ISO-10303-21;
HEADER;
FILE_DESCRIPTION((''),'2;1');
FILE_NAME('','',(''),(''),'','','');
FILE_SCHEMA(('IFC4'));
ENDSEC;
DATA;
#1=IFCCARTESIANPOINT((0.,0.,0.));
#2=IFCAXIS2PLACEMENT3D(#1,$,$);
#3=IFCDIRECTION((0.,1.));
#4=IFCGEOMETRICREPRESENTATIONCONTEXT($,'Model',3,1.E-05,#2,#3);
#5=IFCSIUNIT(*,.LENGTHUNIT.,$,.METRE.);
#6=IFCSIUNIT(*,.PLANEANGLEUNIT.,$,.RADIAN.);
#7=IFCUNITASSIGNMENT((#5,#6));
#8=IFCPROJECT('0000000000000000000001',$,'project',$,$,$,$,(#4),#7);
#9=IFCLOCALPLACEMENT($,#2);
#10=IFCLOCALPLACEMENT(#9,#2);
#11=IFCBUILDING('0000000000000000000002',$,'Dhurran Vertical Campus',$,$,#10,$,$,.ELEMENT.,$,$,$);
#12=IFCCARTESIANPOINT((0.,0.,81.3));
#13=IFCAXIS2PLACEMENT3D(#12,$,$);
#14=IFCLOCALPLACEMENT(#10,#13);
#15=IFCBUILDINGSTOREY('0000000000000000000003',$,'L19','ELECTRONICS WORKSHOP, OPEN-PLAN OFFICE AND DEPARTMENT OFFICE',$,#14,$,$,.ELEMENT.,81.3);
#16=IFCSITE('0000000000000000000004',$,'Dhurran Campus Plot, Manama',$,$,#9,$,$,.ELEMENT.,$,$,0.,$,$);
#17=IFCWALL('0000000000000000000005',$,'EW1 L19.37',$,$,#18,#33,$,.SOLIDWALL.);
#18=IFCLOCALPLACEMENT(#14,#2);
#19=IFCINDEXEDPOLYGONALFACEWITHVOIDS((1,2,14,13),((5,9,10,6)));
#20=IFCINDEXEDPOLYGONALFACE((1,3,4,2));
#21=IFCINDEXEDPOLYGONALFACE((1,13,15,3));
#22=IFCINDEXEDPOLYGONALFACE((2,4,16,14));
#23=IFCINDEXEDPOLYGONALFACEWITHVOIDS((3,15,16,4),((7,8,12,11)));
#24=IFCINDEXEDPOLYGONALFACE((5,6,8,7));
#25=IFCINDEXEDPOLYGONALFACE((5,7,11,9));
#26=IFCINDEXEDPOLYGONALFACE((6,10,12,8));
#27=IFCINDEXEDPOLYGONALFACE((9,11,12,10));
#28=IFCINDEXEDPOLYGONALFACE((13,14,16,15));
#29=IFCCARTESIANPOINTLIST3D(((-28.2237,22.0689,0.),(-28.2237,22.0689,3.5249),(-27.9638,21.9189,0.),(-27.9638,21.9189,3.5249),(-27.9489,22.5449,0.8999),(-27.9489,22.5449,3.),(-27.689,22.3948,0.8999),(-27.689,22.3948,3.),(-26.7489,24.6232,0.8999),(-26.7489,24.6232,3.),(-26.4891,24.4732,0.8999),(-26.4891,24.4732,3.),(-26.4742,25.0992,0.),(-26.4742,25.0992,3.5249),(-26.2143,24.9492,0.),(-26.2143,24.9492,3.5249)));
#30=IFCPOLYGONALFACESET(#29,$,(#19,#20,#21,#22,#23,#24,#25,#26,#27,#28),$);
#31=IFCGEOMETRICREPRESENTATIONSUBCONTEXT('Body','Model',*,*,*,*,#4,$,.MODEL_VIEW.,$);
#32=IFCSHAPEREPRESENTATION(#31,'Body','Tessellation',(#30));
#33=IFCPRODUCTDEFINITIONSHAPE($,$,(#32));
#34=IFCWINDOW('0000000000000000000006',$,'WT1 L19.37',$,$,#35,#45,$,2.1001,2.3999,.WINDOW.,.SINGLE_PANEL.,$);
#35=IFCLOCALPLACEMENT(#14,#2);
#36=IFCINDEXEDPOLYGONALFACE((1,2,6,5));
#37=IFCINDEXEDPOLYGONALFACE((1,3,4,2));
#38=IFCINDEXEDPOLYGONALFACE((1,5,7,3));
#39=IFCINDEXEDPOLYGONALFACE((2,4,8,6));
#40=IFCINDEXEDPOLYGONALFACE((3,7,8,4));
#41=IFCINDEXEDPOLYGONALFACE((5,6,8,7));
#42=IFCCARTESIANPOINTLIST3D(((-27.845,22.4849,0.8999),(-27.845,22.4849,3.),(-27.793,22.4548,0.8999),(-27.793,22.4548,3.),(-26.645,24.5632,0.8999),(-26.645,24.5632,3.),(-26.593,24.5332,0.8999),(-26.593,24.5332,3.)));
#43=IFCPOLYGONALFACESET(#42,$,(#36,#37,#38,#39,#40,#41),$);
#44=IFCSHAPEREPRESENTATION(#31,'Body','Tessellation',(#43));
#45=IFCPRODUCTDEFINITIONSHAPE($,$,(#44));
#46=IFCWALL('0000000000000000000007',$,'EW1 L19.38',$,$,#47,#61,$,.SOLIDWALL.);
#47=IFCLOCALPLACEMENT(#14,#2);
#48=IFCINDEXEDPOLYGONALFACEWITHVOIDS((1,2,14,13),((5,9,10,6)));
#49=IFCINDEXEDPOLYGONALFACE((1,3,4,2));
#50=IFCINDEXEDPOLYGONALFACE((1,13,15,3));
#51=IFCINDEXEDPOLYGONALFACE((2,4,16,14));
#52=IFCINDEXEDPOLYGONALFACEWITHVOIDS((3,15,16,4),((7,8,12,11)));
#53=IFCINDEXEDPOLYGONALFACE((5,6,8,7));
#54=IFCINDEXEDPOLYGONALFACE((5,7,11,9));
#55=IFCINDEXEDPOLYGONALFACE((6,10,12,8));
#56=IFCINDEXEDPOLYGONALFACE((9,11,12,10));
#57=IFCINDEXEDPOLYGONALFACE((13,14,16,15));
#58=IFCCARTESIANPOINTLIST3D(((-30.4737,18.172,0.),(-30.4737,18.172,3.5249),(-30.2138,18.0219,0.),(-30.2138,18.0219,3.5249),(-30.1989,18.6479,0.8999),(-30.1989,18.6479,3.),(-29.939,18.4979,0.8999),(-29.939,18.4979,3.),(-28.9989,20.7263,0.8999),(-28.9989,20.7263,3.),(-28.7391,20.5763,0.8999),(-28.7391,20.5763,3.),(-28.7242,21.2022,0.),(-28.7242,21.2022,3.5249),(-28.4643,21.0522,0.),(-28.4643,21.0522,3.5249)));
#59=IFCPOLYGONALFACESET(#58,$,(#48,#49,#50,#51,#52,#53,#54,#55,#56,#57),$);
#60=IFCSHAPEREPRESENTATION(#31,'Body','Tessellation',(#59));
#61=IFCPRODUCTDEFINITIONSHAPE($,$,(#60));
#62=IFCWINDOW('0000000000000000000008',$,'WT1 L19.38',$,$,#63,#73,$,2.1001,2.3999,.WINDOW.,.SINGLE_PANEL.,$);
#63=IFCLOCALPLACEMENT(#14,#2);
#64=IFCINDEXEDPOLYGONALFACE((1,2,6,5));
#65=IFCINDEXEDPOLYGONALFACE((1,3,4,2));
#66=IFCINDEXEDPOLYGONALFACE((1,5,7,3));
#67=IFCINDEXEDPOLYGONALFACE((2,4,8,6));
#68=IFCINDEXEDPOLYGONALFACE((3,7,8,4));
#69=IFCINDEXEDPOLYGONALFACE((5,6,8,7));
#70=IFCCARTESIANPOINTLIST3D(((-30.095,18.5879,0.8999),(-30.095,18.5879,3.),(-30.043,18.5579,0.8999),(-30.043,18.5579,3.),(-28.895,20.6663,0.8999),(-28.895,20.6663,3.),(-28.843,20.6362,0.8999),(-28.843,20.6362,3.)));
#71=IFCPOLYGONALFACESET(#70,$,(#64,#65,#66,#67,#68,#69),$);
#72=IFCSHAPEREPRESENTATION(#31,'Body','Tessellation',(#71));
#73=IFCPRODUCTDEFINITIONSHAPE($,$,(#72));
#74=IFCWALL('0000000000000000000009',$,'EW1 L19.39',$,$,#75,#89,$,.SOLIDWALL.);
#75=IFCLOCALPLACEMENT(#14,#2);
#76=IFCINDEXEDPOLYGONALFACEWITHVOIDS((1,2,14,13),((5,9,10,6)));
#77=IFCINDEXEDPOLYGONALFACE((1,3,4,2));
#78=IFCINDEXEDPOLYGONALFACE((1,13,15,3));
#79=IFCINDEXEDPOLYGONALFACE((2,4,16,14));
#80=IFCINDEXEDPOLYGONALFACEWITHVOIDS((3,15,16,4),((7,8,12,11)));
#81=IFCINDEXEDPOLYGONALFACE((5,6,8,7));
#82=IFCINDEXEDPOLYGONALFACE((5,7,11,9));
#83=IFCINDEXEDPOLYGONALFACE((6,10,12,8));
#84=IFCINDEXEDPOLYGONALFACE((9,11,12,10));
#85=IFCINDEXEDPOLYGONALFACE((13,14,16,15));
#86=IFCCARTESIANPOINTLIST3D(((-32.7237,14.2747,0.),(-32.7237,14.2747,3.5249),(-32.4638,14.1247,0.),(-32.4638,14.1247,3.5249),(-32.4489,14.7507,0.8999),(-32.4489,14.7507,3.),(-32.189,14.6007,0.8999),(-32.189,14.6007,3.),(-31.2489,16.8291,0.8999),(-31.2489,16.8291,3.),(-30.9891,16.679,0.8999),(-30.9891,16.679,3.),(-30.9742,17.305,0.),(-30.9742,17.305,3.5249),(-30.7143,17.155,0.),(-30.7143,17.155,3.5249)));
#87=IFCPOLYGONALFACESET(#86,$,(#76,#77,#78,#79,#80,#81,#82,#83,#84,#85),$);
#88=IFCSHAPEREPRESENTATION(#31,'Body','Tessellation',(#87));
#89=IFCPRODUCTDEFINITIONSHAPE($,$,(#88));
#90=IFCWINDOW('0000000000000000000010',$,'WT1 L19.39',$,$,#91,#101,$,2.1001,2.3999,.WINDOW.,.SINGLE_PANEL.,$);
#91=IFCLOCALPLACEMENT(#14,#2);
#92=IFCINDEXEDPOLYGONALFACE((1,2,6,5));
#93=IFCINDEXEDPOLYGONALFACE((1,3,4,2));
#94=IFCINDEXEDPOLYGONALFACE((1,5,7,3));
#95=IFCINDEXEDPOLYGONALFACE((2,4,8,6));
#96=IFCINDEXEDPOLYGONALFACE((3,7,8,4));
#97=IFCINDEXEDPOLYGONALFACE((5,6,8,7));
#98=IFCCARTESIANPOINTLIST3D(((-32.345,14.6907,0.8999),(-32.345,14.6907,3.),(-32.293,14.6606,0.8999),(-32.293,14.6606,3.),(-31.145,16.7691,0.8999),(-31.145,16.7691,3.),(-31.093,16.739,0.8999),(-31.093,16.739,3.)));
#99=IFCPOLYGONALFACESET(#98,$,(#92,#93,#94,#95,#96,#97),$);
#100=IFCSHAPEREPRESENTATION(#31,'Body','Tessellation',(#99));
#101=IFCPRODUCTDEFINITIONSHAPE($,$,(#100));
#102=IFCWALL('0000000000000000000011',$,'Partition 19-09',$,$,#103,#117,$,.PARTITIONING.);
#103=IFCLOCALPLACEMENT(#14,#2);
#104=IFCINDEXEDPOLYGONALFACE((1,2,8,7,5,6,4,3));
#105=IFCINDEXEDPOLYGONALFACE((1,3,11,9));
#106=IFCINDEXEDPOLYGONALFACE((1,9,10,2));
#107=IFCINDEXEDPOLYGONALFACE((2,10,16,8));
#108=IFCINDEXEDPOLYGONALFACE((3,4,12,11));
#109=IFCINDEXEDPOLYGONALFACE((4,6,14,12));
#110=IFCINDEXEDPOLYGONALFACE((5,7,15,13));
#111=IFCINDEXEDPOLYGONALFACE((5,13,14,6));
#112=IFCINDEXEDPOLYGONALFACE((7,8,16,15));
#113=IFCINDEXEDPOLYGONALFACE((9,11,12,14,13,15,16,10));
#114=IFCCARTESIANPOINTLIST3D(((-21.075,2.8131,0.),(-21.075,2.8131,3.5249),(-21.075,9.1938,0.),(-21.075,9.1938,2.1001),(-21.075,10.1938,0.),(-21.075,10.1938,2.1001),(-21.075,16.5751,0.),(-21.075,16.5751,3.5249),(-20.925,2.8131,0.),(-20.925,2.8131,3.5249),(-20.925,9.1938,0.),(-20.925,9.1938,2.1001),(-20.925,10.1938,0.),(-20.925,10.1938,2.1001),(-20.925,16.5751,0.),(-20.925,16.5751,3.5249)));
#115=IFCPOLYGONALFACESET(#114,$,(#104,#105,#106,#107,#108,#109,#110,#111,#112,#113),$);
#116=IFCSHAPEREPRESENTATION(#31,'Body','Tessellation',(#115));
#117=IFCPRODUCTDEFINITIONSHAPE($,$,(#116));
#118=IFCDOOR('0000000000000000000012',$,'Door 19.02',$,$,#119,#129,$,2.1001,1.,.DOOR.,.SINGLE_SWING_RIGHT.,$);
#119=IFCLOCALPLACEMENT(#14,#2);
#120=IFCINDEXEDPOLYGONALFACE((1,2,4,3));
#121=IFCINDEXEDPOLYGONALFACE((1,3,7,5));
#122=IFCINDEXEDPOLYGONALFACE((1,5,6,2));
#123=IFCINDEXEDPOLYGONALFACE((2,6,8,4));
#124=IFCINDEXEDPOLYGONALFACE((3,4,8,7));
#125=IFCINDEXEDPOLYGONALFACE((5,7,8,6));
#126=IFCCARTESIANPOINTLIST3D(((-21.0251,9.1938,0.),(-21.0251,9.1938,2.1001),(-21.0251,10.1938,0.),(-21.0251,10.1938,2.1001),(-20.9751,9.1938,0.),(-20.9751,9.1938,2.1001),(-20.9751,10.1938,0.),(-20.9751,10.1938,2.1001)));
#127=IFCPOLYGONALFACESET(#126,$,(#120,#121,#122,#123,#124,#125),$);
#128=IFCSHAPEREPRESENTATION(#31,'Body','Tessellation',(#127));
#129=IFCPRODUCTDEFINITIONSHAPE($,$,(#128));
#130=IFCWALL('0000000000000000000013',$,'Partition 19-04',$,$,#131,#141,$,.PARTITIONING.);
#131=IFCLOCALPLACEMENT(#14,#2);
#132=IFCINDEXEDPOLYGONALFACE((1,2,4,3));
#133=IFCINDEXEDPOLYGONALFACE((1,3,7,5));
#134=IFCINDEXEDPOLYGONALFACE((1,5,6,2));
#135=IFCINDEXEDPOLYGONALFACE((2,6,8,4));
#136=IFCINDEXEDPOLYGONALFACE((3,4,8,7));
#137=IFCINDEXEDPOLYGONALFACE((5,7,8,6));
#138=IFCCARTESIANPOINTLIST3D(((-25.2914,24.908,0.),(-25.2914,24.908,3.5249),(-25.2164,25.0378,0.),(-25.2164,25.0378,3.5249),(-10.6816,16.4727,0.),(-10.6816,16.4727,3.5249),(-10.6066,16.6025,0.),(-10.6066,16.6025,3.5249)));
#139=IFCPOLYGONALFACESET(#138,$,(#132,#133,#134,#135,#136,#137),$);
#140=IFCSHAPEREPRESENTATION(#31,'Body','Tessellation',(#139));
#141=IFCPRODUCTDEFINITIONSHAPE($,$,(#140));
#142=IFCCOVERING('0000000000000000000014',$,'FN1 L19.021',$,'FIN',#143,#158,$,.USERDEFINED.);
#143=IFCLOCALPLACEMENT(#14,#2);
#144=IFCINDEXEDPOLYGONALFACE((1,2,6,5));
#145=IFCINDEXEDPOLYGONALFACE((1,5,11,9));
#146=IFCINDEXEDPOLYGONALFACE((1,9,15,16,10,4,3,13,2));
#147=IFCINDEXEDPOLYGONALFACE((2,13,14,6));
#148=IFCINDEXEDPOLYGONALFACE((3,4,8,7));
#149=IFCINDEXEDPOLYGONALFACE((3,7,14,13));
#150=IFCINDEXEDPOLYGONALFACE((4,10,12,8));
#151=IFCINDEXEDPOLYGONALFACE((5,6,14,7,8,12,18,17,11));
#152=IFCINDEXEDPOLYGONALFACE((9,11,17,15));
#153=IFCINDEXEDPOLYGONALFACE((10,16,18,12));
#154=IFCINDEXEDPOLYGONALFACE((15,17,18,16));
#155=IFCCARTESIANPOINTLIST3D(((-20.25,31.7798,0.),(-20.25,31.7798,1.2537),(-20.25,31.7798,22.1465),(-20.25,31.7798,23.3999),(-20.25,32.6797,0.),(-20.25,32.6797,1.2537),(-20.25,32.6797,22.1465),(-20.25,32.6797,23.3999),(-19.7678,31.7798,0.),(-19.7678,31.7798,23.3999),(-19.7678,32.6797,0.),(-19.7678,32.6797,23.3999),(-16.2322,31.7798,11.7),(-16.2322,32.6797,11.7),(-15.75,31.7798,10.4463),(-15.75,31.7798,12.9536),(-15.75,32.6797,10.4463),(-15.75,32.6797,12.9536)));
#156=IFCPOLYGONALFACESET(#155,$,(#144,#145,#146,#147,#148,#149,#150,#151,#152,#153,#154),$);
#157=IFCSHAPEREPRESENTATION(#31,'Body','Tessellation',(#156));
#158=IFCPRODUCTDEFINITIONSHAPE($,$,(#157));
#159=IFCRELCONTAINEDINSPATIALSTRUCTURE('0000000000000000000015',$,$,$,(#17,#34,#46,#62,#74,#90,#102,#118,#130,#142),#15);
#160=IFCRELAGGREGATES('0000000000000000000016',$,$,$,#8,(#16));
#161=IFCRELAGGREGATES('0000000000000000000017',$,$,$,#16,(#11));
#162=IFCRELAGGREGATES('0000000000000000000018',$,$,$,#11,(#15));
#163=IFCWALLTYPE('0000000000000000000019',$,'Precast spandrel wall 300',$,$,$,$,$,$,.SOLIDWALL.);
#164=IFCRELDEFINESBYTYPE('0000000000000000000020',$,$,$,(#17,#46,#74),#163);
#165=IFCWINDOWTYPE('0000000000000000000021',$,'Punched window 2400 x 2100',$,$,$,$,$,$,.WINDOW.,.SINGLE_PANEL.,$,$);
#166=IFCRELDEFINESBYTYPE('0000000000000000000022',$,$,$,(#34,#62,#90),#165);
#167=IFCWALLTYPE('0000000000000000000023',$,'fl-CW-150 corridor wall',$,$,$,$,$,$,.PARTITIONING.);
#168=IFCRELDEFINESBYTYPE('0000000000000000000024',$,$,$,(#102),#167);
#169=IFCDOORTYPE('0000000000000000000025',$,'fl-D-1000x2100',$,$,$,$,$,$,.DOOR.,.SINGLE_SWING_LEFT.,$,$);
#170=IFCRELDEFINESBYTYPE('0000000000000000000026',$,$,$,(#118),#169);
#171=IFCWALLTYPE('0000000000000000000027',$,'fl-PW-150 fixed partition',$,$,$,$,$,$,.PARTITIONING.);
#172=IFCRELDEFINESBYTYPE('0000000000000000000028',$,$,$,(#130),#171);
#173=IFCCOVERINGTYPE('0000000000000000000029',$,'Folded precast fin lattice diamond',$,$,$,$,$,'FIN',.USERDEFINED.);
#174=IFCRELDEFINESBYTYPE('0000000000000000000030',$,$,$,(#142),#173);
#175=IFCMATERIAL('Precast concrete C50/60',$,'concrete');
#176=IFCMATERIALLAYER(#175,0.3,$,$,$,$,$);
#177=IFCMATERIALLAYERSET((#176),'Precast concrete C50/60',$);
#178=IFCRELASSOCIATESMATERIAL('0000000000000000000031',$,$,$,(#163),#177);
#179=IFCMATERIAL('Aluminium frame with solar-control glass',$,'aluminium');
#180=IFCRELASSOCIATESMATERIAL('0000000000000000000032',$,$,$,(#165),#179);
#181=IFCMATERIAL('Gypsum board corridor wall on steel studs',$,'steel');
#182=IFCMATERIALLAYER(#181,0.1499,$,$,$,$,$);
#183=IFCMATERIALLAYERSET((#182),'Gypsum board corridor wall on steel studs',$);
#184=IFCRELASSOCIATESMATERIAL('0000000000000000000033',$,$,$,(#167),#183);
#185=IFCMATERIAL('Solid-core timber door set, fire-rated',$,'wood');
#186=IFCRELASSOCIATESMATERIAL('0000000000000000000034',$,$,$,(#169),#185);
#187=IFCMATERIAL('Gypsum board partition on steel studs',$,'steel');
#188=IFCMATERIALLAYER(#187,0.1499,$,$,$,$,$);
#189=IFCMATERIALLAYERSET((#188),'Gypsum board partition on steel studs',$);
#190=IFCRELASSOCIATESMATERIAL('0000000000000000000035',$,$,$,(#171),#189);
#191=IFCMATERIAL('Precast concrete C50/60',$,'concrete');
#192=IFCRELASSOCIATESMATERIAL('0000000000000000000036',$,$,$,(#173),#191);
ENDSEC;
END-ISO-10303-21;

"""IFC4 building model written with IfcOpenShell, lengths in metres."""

from ifc_helpers import new_model, si_unit, direction, frame, frame_2d, origin, place, context, subcontext, project, spatial, polyline, rectangle, outline, extrude, material, layer, layer_set, type_object, element, fill, save


model = new_model("IFC4")

# Units and contexts
model_context = context("Model", 3, precision=1e-05, world=origin(), true_north=direction((0.0, 1.0)))
body_context = subcontext(model_context, "Body", "Model", "MODEL_VIEW")
ifc_project = project(units=[si_unit("LENGTHUNIT", "METRE"), si_unit("PLANEANGLEUNIT", "RADIAN")], contexts=[model_context])

# Site, building, storey
site_placement = place(None, origin())
site = spatial("IfcSite", under=ifc_project, at=site_placement, Name="Dhurran Campus Plot, Manama", CompositionType="ELEMENT", RefElevation=0.0)
building_placement = place(site_placement, origin())
building = spatial("IfcBuilding", under=site, at=building_placement, Name="Dhurran Vertical Campus", CompositionType="ELEMENT")
storey_placement = place(building_placement, frame((0.0, 0.0, 81.3)))
storey = spatial("IfcBuildingStorey", under=building, at=storey_placement, Name="L19", Description="ELECTRONICS WORKSHOP, OPEN-PLAN OFFICE AND DEPARTMENT OFFICE", CompositionType="ELEMENT", Elevation=81.3)

# Walls, openings, windows
ifc_material_1 = material(Name="Precast concrete C50/60", Category="concrete")
ifc_layer_1 = layer(ifc_material_1, 0.3)
ifc_layer_set_1 = layer_set([ifc_layer_1], Name="Precast concrete C50/60")
wall_type_1 = type_object("IfcWallType", Name="Precast spandrel wall 300", PredefinedType="SOLIDWALL", material=ifc_layer_set_1)
ifc_material_2 = material(Name="Aluminium frame with solar-control glass", Category="aluminium")
window_type = type_object("IfcWindowType", Name="Punched window 2400 x 2100", PartitioningType="SINGLE_PANEL", PredefinedType="WINDOW", material=ifc_material_2)
wall_1_placement = place(storey_placement, frame((-26.3442, 25.0242, 0.0), z_axis=(0.0, 0.0, 1.0), x_axis=(-0.499996, -0.866028, 0.0)))
wall_1 = element("IfcWall", 1, at=wall_1_placement, inside=storey, type_object=wall_type_1, Name="EW1 L19.37", PredefinedType="SOLIDWALL", context=body_context, shape_type="SweptSolid", body=[
    extrude(rectangle(XDim=3.499, YDim=0.3, at=frame_2d((1.7495, 0.0))), origin(), (0.0, 0.0, 1.0), 3.5249),
])
opening_1_placement = place(wall_1_placement, frame((0.5496, 0.0, 0.8999)))
opening_1 = element("IfcOpeningElement", 2, at=opening_1_placement, cuts=wall_1, PredefinedType="OPENING", context=body_context, shape_type="SweptSolid", body=[
    extrude(rectangle(XDim=2.3999, YDim=2.1001, at=frame_2d((1.2, 1.05))), frame((0.0, 0.1599, 0.0), z_axis=(0.0, -1.0, 0.0), x_axis=(1.0, 0.0, 0.0)), (0.0, 0.0, 1.0), 0.3201),
])
window_1_placement = place(opening_1_placement, origin())
window_1 = element("IfcWindow", 3, at=window_1_placement, inside=storey, type_object=window_type, Name="WT1 L19.37", OverallHeight=2.1001, OverallWidth=2.3999, PartitioningType="SINGLE_PANEL", PredefinedType="WINDOW", context=body_context, shape_type="SweptSolid", body=[
    extrude(rectangle(XDim=2.3999, YDim=2.1001, at=frame_2d((1.2, 1.05))), frame((0.0, 0.03, 0.0), z_axis=(0.0, -1.0, 0.0), x_axis=(1.0, 0.0, 0.0)), (0.0, 0.0, 1.0), 0.0601),
])
fill(opening_1, window_1)
wall_2_placement = place(storey_placement, frame((-28.5942, 21.1272, 0.0), z_axis=(0.0, 0.0, 1.0), x_axis=(-0.499996, -0.866028, 0.0)))
wall_2 = element("IfcWall", 4, at=wall_2_placement, inside=storey, type_object=wall_type_1, Name="EW1 L19.38", PredefinedType="SOLIDWALL", context=body_context, shape_type="SweptSolid", body=[
    extrude(rectangle(XDim=3.499, YDim=0.3, at=frame_2d((1.7495, 0.0))), origin(), (0.0, 0.0, 1.0), 3.5249),
])
opening_2_placement = place(wall_2_placement, frame((0.5496, 0.0, 0.8999)))
opening_2 = element("IfcOpeningElement", 5, at=opening_2_placement, cuts=wall_2, PredefinedType="OPENING", context=body_context, shape_type="SweptSolid", body=[
    extrude(rectangle(XDim=2.3999, YDim=2.1001, at=frame_2d((1.2, 1.05))), frame((0.0, 0.1599, 0.0), z_axis=(0.0, -1.0, 0.0), x_axis=(1.0, 0.0, 0.0)), (0.0, 0.0, 1.0), 0.3201),
])
window_2_placement = place(opening_2_placement, origin())
window_2 = element("IfcWindow", 6, at=window_2_placement, inside=storey, type_object=window_type, Name="WT1 L19.38", OverallHeight=2.1001, OverallWidth=2.3999, PartitioningType="SINGLE_PANEL", PredefinedType="WINDOW", context=body_context, shape_type="SweptSolid", body=[
    extrude(rectangle(XDim=2.3999, YDim=2.1001, at=frame_2d((1.2, 1.05))), frame((0.0, 0.03, 0.0), z_axis=(0.0, -1.0, 0.0), x_axis=(1.0, 0.0, 0.0)), (0.0, 0.0, 1.0), 0.0601),
])
fill(opening_2, window_2)
wall_3_placement = place(storey_placement, frame((-30.8442, 17.23, 0.0), z_axis=(0.0, 0.0, 1.0), x_axis=(-0.499996, -0.866028, 0.0)))
wall_3 = element("IfcWall", 7, at=wall_3_placement, inside=storey, type_object=wall_type_1, Name="EW1 L19.39", PredefinedType="SOLIDWALL", context=body_context, shape_type="SweptSolid", body=[
    extrude(rectangle(XDim=3.499, YDim=0.3, at=frame_2d((1.7495, 0.0))), origin(), (0.0, 0.0, 1.0), 3.5249),
])
opening_3_placement = place(wall_3_placement, frame((0.5496, 0.0, 0.8999)))
opening_3 = element("IfcOpeningElement", 8, at=opening_3_placement, cuts=wall_3, PredefinedType="OPENING", context=body_context, shape_type="SweptSolid", body=[
    extrude(rectangle(XDim=2.3999, YDim=2.1001, at=frame_2d((1.2, 1.05))), frame((0.0, 0.1599, 0.0), z_axis=(0.0, -1.0, 0.0), x_axis=(1.0, 0.0, 0.0)), (0.0, 0.0, 1.0), 0.3201),
])
window_3_placement = place(opening_3_placement, origin())
window_3 = element("IfcWindow", 9, at=window_3_placement, inside=storey, type_object=window_type, Name="WT1 L19.39", OverallHeight=2.1001, OverallWidth=2.3999, PartitioningType="SINGLE_PANEL", PredefinedType="WINDOW", context=body_context, shape_type="SweptSolid", body=[
    extrude(rectangle(XDim=2.3999, YDim=2.1001, at=frame_2d((1.2, 1.05))), frame((0.0, 0.03, 0.0), z_axis=(0.0, -1.0, 0.0), x_axis=(1.0, 0.0, 0.0)), (0.0, 0.0, 1.0), 0.0601),
])
fill(opening_3, window_3)

# Wall, opening, door
ifc_material_3 = material(Name="Gypsum board corridor wall on steel studs", Category="steel")
ifc_layer_2 = layer(ifc_material_3, 0.1499)
ifc_layer_set_2 = layer_set([ifc_layer_2], Name="Gypsum board corridor wall on steel studs")
wall_type_2 = type_object("IfcWallType", Name="fl-CW-150 corridor wall", PredefinedType="PARTITIONING", material=ifc_layer_set_2)
wall_4_placement = place(storey_placement, frame((-21.0, 16.575, 0.0), z_axis=(0.0, 0.0, 1.0), x_axis=(0.0, -1.0, 0.0)))
wall_4 = element("IfcWall", 10, at=wall_4_placement, inside=storey, type_object=wall_type_2, Name="Partition 19-09", PredefinedType="PARTITIONING", context=body_context, shape_type="SweptSolid", body=[
    extrude(rectangle(XDim=13.762, YDim=0.1499, at=frame_2d((6.8809, 0.0))), origin(), (0.0, 0.0, 1.0), 3.5249),
])
opening_4_placement = place(wall_4_placement, frame((6.3811, 0.0, 0.0)))
opening_4 = element("IfcOpeningElement", 11, at=opening_4_placement, cuts=wall_4, PredefinedType="OPENING", context=body_context, shape_type="SweptSolid", body=[
    extrude(rectangle(XDim=1.0, YDim=2.1001, at=frame_2d((0.5, 1.05))), frame((0.0, 0.085, 0.0), z_axis=(0.0, -1.0, 0.0), x_axis=(1.0, 0.0, 0.0)), (0.0, 0.0, 1.0), 0.1699),
])
ifc_material_4 = material(Name="Solid-core timber door set, fire-rated", Category="wood")
door_type = type_object("IfcDoorType", Name="fl-D-1000x2100", OperationType="SINGLE_SWING_LEFT", PredefinedType="DOOR", material=ifc_material_4)
door_placement = place(opening_4_placement, origin())
door = element("IfcDoor", 12, at=door_placement, inside=storey, type_object=door_type, Name="Door 19.02", OperationType="SINGLE_SWING_RIGHT", OverallHeight=2.1001, OverallWidth=1.0, PredefinedType="DOOR", context=body_context, shape_type="SweptSolid", body=[
    extrude(rectangle(XDim=1.0, YDim=2.1001, at=frame_2d((0.5, 1.05))), frame((0.0, 0.0249, 0.0), z_axis=(0.0, -1.0, 0.0), x_axis=(1.0, 0.0, 0.0)), (0.0, 0.0, 1.0), 0.05),
])
fill(opening_4, door)

# Wall
ifc_material_5 = material(Name="Gypsum board partition on steel studs", Category="steel")
ifc_layer_3 = layer(ifc_material_5, 0.1499)
ifc_layer_set_3 = layer_set([ifc_layer_3], Name="Gypsum board partition on steel studs")
wall_type_3 = type_object("IfcWallType", Name="fl-PW-150 fixed partition", PredefinedType="PARTITIONING", material=ifc_layer_set_3)
wall_5_placement = place(storey_placement, frame((-25.2539, 24.9729, 0.0), z_axis=(0.0, 0.0, 1.0), x_axis=(0.866018, -0.500013, 0.0)))
element("IfcWall", 13, at=wall_5_placement, inside=storey, type_object=wall_type_3, Name="Partition 19-04", PredefinedType="PARTITIONING", context=body_context, shape_type="SweptSolid", body=[
    extrude(rectangle(XDim=16.8701, YDim=0.1499, at=frame_2d((8.4351, 0.0))), origin(), (0.0, 0.0, 1.0), 3.5249),
])

# Covering
ifc_material_6 = material(Name="Precast concrete C50/60", Category="concrete")
covering_type = type_object("IfcCoveringType", Name="Folded precast fin lattice diamond", ElementType="FIN", PredefinedType="USERDEFINED", material=ifc_material_6)
covering_1_placement = place(storey_placement, frame((-15.75, 31.7798, 0.0), z_axis=(0.0, 1.0, 0.0), x_axis=(-1.0, 0.0, 0.0)))
element("IfcCovering", 14, at=covering_1_placement, inside=storey, type_object=covering_type, Name="FN1 L19.021", ObjectType="FIN", PredefinedType="USERDEFINED", context=body_context, shape_type="SweptSolid", body=[
    extrude(outline(polyline([(4.0178, 0.0), (0.0, 10.4463), (0.0, 12.9536), (4.0178, 23.3999), (4.5, 23.3999), (4.5, 22.1465), (0.4822, 11.7), (4.5, 1.2537), (4.5, 0.0), (4.0178, 0.0)])), origin(), (0.0, 0.0, 1.0), 0.8999),
])

save(model, "model.ifc")
